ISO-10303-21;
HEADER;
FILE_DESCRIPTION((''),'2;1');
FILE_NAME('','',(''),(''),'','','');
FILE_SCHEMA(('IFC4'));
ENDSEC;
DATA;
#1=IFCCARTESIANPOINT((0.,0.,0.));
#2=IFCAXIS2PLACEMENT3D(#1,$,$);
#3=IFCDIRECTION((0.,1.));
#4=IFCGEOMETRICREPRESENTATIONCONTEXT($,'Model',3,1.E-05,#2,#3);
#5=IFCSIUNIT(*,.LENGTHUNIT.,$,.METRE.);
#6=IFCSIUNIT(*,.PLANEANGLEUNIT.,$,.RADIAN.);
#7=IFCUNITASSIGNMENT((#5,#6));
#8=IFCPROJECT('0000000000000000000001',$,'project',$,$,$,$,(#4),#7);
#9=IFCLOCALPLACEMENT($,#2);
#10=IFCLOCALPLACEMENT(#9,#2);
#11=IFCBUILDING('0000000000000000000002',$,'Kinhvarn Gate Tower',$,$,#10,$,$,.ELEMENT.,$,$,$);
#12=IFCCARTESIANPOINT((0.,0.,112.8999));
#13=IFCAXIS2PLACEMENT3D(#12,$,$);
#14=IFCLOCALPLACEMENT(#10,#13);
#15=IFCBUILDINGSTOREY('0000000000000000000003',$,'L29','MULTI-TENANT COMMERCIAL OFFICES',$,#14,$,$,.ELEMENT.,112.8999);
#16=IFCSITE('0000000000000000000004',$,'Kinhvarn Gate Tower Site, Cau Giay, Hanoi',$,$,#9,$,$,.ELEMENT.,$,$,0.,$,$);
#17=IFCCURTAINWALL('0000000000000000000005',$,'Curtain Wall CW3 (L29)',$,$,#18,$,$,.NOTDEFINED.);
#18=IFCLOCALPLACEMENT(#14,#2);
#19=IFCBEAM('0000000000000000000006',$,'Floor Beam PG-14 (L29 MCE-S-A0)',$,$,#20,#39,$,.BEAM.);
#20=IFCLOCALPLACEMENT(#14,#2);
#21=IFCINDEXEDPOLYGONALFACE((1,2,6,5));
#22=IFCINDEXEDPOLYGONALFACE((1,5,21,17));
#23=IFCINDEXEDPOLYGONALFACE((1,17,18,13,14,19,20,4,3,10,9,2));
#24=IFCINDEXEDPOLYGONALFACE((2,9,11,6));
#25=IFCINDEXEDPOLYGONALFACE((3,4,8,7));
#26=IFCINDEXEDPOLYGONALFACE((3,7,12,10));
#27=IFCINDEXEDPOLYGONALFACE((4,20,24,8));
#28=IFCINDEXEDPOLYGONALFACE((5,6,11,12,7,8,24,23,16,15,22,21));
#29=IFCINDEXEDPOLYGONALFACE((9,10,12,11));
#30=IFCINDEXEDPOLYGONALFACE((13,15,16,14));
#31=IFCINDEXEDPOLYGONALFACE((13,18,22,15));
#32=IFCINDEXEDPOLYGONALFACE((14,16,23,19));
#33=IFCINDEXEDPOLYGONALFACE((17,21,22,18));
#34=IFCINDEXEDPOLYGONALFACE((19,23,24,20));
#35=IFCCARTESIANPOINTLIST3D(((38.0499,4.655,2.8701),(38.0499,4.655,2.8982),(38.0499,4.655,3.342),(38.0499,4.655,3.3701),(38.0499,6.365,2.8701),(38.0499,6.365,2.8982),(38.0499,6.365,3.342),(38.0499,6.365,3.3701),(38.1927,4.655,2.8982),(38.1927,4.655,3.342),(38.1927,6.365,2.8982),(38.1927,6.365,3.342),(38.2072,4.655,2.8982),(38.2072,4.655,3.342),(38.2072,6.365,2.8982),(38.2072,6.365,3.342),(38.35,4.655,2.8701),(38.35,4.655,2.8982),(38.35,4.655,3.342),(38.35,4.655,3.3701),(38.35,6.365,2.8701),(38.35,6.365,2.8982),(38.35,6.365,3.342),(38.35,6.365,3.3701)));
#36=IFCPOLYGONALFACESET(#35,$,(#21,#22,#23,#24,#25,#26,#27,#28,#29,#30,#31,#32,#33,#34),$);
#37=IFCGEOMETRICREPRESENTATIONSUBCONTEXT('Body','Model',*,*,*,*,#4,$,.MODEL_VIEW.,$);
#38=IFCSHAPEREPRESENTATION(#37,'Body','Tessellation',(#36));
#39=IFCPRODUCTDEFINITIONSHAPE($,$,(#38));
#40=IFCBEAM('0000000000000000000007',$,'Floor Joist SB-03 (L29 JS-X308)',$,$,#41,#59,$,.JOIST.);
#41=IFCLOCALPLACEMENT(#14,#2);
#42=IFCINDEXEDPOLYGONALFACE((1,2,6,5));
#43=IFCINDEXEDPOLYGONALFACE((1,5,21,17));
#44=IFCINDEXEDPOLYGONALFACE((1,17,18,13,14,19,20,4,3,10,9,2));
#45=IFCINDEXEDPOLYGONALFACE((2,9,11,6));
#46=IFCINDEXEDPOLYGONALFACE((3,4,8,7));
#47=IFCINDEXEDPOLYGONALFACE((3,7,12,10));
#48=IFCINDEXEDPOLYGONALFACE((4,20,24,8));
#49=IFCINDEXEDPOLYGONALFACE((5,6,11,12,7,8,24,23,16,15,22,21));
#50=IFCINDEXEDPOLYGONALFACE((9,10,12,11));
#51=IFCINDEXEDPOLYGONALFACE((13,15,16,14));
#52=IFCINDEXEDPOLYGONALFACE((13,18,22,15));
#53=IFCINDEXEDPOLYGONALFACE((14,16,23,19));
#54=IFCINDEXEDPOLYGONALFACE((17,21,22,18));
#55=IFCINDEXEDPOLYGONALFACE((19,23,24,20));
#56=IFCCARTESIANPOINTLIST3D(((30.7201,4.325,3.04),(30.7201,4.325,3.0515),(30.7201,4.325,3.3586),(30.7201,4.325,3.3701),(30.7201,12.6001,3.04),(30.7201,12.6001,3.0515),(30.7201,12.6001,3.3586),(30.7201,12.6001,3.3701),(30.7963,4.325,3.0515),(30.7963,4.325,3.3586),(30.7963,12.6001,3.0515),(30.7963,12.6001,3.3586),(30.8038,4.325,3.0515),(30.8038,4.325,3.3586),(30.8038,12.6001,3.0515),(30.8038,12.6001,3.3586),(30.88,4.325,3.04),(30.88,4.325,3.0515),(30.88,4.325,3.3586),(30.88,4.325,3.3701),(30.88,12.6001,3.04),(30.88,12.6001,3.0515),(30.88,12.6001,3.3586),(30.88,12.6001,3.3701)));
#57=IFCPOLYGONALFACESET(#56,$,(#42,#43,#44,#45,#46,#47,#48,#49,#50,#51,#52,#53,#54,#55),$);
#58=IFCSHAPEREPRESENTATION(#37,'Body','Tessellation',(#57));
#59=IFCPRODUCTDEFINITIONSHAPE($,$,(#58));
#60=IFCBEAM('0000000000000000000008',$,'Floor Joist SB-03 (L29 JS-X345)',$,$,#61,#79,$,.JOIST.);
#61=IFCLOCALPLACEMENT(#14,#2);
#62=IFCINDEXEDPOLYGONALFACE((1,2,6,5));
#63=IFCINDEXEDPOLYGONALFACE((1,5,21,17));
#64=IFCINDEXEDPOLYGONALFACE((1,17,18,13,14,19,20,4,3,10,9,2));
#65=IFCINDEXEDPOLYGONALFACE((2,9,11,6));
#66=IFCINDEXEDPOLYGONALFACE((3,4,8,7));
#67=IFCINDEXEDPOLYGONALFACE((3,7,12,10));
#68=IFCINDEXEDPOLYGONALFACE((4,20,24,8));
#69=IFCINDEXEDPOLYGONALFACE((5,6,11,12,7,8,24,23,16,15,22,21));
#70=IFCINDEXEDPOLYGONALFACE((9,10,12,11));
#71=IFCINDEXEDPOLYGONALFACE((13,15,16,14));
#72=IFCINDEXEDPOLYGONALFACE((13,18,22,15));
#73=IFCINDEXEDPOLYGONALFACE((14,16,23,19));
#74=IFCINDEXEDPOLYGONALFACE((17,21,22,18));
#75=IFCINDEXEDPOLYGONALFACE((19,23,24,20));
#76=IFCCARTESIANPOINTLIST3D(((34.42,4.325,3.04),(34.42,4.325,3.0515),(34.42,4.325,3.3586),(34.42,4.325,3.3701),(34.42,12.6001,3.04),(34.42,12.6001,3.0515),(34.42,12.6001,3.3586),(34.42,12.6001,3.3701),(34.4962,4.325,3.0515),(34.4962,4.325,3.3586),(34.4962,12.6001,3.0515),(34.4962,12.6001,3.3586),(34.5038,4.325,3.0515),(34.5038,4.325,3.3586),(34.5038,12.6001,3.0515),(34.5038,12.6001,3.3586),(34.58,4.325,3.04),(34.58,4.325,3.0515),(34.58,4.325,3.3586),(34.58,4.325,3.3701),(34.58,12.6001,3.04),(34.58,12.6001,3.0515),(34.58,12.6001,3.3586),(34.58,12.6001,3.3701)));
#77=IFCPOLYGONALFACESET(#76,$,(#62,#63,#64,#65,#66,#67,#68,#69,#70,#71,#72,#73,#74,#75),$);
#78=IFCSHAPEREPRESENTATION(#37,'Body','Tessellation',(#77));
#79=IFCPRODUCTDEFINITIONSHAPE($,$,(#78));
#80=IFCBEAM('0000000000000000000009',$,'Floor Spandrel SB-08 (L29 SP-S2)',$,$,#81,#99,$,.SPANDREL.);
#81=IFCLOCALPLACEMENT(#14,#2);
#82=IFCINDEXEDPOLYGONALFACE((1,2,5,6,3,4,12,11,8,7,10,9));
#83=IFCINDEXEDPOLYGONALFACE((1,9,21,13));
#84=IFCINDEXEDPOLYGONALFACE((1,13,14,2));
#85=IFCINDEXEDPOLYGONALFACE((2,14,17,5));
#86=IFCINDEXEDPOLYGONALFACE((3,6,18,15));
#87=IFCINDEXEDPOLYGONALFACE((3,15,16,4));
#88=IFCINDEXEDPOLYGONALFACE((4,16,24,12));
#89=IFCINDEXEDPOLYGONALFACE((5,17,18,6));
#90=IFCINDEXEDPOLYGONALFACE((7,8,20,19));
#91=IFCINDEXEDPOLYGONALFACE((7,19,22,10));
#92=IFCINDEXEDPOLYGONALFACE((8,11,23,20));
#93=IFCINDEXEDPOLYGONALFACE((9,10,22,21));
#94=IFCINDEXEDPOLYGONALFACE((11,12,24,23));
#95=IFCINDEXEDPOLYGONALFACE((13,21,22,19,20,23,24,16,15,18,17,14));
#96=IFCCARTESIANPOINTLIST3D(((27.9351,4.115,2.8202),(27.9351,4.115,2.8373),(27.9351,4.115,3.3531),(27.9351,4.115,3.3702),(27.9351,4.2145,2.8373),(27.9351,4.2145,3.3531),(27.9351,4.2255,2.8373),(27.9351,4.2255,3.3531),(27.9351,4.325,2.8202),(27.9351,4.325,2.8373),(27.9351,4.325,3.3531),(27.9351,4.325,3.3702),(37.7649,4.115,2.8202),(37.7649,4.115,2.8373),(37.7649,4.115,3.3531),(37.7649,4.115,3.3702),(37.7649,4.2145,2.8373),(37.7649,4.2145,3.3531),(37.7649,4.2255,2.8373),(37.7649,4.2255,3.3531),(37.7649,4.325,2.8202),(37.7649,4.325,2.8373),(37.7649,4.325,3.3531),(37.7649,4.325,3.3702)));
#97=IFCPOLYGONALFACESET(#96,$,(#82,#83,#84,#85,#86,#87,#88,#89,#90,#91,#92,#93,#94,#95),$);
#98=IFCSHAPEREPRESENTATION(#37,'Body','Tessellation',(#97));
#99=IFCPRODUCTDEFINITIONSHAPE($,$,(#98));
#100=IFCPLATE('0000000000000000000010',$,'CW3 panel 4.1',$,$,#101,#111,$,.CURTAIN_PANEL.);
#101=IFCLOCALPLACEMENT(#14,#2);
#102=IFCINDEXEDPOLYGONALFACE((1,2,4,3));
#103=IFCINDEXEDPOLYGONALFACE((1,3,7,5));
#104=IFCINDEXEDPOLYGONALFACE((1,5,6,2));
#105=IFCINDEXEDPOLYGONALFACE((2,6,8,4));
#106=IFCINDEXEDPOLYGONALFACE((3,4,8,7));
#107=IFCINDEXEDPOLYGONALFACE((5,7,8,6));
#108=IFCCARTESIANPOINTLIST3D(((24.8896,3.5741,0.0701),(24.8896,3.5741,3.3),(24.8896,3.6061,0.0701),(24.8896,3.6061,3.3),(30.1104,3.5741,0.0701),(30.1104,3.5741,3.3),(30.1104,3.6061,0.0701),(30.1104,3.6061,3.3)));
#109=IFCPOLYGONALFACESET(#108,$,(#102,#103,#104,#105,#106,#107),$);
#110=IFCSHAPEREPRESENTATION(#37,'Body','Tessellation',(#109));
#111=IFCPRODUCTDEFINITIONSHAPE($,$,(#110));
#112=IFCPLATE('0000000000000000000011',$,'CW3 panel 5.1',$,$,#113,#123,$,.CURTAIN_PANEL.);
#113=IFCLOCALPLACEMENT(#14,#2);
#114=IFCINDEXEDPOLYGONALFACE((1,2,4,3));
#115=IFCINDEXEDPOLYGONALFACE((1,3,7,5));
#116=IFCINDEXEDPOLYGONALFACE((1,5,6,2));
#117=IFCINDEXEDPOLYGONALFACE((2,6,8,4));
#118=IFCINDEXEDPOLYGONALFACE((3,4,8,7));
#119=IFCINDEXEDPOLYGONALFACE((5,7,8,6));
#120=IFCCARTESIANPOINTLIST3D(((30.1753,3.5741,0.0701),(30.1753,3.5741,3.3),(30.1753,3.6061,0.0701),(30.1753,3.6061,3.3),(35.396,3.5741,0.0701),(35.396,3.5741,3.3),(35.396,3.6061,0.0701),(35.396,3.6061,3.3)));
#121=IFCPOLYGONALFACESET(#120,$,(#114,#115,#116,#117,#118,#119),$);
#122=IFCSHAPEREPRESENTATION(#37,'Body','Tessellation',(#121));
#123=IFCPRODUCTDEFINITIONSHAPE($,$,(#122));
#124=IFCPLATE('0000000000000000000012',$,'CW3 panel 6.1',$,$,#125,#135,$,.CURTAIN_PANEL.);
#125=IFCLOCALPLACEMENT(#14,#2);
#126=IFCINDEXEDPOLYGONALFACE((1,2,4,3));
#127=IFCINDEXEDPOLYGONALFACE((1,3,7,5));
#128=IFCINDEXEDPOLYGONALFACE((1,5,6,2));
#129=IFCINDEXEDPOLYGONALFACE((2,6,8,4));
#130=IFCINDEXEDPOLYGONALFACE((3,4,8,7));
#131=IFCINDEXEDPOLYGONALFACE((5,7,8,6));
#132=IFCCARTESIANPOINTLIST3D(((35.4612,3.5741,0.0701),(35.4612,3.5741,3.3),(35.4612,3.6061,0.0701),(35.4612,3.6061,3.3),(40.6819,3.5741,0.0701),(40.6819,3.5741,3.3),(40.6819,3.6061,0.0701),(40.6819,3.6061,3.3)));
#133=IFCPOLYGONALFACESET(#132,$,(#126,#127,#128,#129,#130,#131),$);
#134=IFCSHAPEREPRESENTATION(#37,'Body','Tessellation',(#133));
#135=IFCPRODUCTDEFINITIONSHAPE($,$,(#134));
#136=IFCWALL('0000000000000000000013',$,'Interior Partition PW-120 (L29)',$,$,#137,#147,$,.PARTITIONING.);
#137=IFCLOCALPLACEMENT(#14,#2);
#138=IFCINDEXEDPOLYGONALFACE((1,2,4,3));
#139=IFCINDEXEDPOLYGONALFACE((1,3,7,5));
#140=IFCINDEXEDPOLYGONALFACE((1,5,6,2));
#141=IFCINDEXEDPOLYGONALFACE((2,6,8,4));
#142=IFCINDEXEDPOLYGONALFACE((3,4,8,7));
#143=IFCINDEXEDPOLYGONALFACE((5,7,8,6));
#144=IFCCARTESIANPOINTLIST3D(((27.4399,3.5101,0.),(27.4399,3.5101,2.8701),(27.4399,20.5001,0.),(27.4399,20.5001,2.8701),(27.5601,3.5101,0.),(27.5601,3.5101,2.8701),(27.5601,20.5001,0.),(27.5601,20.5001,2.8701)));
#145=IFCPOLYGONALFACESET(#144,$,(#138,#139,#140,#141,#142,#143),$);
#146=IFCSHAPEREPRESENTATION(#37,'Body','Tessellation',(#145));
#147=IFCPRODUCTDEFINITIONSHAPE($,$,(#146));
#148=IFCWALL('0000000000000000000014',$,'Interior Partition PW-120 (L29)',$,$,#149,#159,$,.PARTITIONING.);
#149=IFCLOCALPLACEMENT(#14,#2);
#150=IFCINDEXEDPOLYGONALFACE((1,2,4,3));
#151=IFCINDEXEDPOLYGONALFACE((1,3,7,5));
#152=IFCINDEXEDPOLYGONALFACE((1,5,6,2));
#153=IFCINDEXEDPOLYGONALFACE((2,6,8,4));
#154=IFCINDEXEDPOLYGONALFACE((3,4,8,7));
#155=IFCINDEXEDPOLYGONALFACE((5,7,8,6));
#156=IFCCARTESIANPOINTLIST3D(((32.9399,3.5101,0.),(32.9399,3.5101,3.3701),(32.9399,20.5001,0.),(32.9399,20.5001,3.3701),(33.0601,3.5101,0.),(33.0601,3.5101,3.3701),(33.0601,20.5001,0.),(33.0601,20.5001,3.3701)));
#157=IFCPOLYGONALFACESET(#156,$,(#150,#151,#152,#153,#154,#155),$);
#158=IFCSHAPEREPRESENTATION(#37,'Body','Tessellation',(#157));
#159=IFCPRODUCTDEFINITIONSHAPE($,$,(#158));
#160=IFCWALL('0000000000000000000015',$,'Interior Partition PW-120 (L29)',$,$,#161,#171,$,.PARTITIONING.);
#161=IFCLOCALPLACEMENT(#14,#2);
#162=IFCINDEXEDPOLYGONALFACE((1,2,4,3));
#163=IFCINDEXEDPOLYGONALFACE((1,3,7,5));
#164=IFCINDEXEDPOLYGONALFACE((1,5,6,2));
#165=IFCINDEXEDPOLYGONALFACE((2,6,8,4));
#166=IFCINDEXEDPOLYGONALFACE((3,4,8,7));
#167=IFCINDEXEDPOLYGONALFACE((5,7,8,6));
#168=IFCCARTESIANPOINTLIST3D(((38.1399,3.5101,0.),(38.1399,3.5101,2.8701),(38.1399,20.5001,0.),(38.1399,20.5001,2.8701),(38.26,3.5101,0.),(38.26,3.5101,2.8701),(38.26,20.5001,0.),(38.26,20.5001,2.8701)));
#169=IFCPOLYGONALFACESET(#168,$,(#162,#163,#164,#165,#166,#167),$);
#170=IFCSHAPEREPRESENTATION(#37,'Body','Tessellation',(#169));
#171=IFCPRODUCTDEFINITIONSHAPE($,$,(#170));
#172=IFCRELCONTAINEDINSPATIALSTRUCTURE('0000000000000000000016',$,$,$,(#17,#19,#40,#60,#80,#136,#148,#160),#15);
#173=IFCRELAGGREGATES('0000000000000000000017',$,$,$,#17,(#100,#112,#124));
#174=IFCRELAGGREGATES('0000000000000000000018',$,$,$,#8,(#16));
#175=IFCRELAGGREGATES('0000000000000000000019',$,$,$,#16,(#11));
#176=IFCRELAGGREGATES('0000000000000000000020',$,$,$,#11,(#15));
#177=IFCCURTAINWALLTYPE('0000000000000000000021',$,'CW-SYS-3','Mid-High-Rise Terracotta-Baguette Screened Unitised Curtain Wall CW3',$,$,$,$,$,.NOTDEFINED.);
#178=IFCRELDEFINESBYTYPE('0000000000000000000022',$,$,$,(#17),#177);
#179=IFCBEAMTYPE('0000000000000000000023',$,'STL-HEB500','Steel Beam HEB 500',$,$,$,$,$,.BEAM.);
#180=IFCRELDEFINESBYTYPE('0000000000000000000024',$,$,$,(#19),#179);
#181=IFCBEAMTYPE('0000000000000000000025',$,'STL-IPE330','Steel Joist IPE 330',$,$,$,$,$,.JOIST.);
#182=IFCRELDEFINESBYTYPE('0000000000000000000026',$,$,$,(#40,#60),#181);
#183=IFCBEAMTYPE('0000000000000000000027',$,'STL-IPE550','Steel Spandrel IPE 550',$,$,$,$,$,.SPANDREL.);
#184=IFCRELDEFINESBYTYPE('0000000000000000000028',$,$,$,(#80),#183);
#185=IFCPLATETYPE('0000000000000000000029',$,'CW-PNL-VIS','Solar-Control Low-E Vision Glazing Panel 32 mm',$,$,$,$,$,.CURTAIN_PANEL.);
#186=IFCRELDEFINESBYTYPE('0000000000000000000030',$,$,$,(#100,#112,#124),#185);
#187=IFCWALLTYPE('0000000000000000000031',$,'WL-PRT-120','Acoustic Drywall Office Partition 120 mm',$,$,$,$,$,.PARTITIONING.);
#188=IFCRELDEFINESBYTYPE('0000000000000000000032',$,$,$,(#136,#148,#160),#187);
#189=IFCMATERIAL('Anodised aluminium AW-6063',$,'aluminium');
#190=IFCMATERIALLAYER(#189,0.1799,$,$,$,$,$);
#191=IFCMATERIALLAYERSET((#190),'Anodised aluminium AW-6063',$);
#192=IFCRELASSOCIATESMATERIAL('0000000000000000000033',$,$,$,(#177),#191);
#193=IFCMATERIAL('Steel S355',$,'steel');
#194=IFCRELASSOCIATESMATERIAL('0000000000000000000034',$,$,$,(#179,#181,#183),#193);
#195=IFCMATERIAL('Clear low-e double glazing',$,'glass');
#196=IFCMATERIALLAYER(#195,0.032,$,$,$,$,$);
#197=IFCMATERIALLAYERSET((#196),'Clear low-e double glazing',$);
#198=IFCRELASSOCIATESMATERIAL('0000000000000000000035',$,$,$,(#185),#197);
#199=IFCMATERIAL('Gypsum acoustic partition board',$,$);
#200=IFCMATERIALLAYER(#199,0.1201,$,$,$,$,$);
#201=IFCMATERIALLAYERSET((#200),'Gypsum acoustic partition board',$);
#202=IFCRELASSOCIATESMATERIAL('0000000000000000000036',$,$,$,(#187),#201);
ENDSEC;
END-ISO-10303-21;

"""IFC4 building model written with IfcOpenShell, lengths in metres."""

from ifc_helpers import new_model, si_unit, direction, frame, frame_2d, origin, origin_2d, place, context, subcontext, project, spatial, rectangle, i_section, extrude, material, layer, layer_set, material_profile, profile_set, type_object, element, aggregate, save


model = new_model("IFC4")

# Units and contexts
model_context = context("Model", 3, precision=1e-05, world=origin(), true_north=direction((0.0, 1.0)))
body_context = subcontext(model_context, "Body", "Model", "MODEL_VIEW")
ifc_project = project(units=[si_unit("LENGTHUNIT", "METRE"), si_unit("PLANEANGLEUNIT", "RADIAN")], contexts=[model_context])

# Site, building, storey
site_placement = place(None, origin())
site = spatial("IfcSite", under=ifc_project, at=site_placement, Name="Kinhvarn Gate Tower Site, Cau Giay, Hanoi", CompositionType="ELEMENT", RefElevation=0.0)
building_placement = place(site_placement, origin())
building = spatial("IfcBuilding", under=site, at=building_placement, Name="Kinhvarn Gate Tower", CompositionType="ELEMENT")
storey_placement = place(building_placement, frame((0.0, 0.0, 112.8999)))
storey = spatial("IfcBuildingStorey", under=building, at=storey_placement, Name="L29", Description="MULTI-TENANT COMMERCIAL OFFICES", CompositionType="ELEMENT", Elevation=112.8999)

# Curtain wall
ifc_material_1 = material(Name="Anodised aluminium AW-6063", Category="aluminium")
ifc_layer_1 = layer(ifc_material_1, 0.1799)
ifc_layer_set_1 = layer_set([ifc_layer_1], Name="Anodised aluminium AW-6063")
curtain_wall_type = type_object("IfcCurtainWallType", Name="CW-SYS-3", Description="Mid-High-Rise Terracotta-Baguette Screened Unitised Curtain Wall CW3", PredefinedType="NOTDEFINED", material=ifc_layer_set_1)
curtain_wall_placement = place(storey_placement, origin())
curtain_wall = element("IfcCurtainWall", 1, at=curtain_wall_placement, inside=storey, type_object=curtain_wall_type, Name="Curtain Wall CW3 (L29)", PredefinedType="NOTDEFINED")

# Beams
ifc_material_2 = material(Name="Steel S355", Category="steel")
ifc_material_profile_1 = material_profile(ifc_material_2, i_section(OverallWidth=0.3, OverallDepth=0.5, WebThickness=0.0144, FlangeThickness=0.0281, at=origin_2d()), Name="HEB 500")
ifc_profile_set_1 = profile_set([ifc_material_profile_1], Name="Steel S355")
beam_type_1 = type_object("IfcBeamType", Name="STL-HEB500", Description="Steel Beam HEB 500", PredefinedType="BEAM", material=ifc_profile_set_1)
beam_1_placement = place(storey_placement, frame((38.2, 4.655, 3.1201), z_axis=(0.0, 1.0, 0.0), x_axis=(-1.0, 0.0, 0.0)))
element("IfcBeam", 2, at=beam_1_placement, inside=storey, type_object=beam_type_1, Name="Floor Beam PG-14 (L29 MCE-S-A0)", PredefinedType="BEAM", context=body_context, shape_type="SweptSolid", body=[
    extrude(i_section(OverallWidth=0.3, OverallDepth=0.5, WebThickness=0.0144, FlangeThickness=0.0281, at=origin_2d()), origin(), (0.0, 0.0, 1.0), 1.71),
])
ifc_material_profile_2 = material_profile(ifc_material_2, i_section(OverallWidth=0.1599, OverallDepth=0.3301, WebThickness=0.0076, FlangeThickness=0.0115, at=origin_2d()), Name="IPE 330")
ifc_profile_set_2 = profile_set([ifc_material_profile_2], Name="Steel S355")
beam_type_2 = type_object("IfcBeamType", Name="STL-IPE330", Description="Steel Joist IPE 330", PredefinedType="JOIST", material=ifc_profile_set_2)
for number, where, z_axis, x_axis, name in (
    (3, (30.8, 4.325, 3.2051), (0.0, 1.0, 0.0), (-1.0, 0.0, 0.0), "Floor Joist SB-03 (L29 JS-X308)"),
    (4, (34.5, 4.325, 3.2051), (0.0, 1.0, 0.0), (-1.0, 0.0, 0.0), "Floor Joist SB-03 (L29 JS-X345)"),
):
    element("IfcBeam", number, at=place(storey_placement, frame(where, z_axis=z_axis, x_axis=x_axis)), inside=storey, type_object=beam_type_2, Name=name, PredefinedType="JOIST", context=body_context, shape_type="SweptSolid", body=[
        extrude(i_section(OverallWidth=0.1599, OverallDepth=0.3301, WebThickness=0.0076, FlangeThickness=0.0115, at=origin_2d()), origin(), (0.0, 0.0, 1.0), 8.2751),
    ])
ifc_material_profile_3 = material_profile(ifc_material_2, i_section(OverallWidth=0.21, OverallDepth=0.55, WebThickness=0.011, FlangeThickness=0.0171, at=origin_2d()), Name="IPE 550")
ifc_profile_set_3 = profile_set([ifc_material_profile_3], Name="Steel S355")
beam_type_3 = type_object("IfcBeamType", Name="STL-IPE550", Description="Steel Spandrel IPE 550", PredefinedType="SPANDREL", material=ifc_profile_set_3)
beam_2_placement = place(storey_placement, frame((27.9351, 4.22, 3.0952), z_axis=(1.0, 0.0, 0.0), x_axis=(0.0, 1.0, 0.0)))
element("IfcBeam", 5, at=beam_2_placement, inside=storey, type_object=beam_type_3, Name="Floor Spandrel SB-08 (L29 SP-S2)", PredefinedType="SPANDREL", context=body_context, shape_type="SweptSolid", body=[
    extrude(i_section(OverallWidth=0.21, OverallDepth=0.55, WebThickness=0.011, FlangeThickness=0.0171, at=origin_2d()), origin(), (0.0, 0.0, 1.0), 9.8298),
])

# Plates
ifc_material_3 = material(Name="Clear low-e double glazing", Category="glass")
ifc_layer_2 = layer(ifc_material_3, 0.032)
ifc_layer_set_2 = layer_set([ifc_layer_2], Name="Clear low-e double glazing")
plate_type = type_object("IfcPlateType", Name="CW-PNL-VIS", Description="Solar-Control Low-E Vision Glazing Panel 32 mm", PredefinedType="CURTAIN_PANEL", material=ifc_layer_set_2)
plate_1_placement = place(storey_placement, frame((27.5, 3.5901, 0.0701), z_axis=(0.0, 0.0, 1.0), x_axis=(1.0, 0.0, 0.0)))
plate_1 = element("IfcPlate", 6, at=plate_1_placement, type_object=plate_type, Name="CW3 panel 4.1", PredefinedType="CURTAIN_PANEL", context=body_context, shape_type="SweptSolid", body=[
    extrude(rectangle(XDim=5.2207, YDim=0.032, at=origin_2d()), origin(), (0.0, 0.0, 1.0), 3.23),
])
plate_2_placement = place(storey_placement, frame((32.7856, 3.5901, 0.0701), z_axis=(0.0, 0.0, 1.0), x_axis=(1.0, 0.0, 0.0)))
plate_2 = element("IfcPlate", 7, at=plate_2_placement, type_object=plate_type, Name="CW3 panel 5.1", PredefinedType="CURTAIN_PANEL", context=body_context, shape_type="SweptSolid", body=[
    extrude(rectangle(XDim=5.2207, YDim=0.032, at=origin_2d()), origin(), (0.0, 0.0, 1.0), 3.23),
])
plate_3_placement = place(storey_placement, frame((38.0715, 3.5901, 0.0701), z_axis=(0.0, 0.0, 1.0), x_axis=(1.0, 0.0, 0.0)))
plate_3 = element("IfcPlate", 8, at=plate_3_placement, type_object=plate_type, Name="CW3 panel 6.1", PredefinedType="CURTAIN_PANEL", context=body_context, shape_type="SweptSolid", body=[
    extrude(rectangle(XDim=5.2207, YDim=0.032, at=origin_2d()), origin(), (0.0, 0.0, 1.0), 3.23),
])
aggregate(curtain_wall, [plate_1, plate_2, plate_3])

# Walls
ifc_material_4 = material(Name="Gypsum acoustic partition board")
ifc_layer_3 = layer(ifc_material_4, 0.1201)
ifc_layer_set_3 = layer_set([ifc_layer_3], Name="Gypsum acoustic partition board")
wall_type = type_object("IfcWallType", Name="WL-PRT-120", Description="Acoustic Drywall Office Partition 120 mm", PredefinedType="PARTITIONING", material=ifc_layer_set_3)
wall_1_placement = place(storey_placement, frame((27.5, 3.51, 0.0), z_axis=(0.0, 0.0, 1.0), x_axis=(0.0, 1.0, 0.0)))
element("IfcWall", 9, at=wall_1_placement, inside=storey, type_object=wall_type, Name="Interior Partition PW-120 (L29)", PredefinedType="PARTITIONING", context=body_context, shape_type="SweptSolid", body=[
    extrude(rectangle(XDim=16.99, YDim=0.1201, at=frame_2d((8.4951, 0.0))), origin(), (0.0, 0.0, 1.0), 2.8701),
])
wall_2_placement = place(storey_placement, frame((33.0, 3.51, 0.0), z_axis=(0.0, 0.0, 1.0), x_axis=(0.0, 1.0, 0.0)))
element("IfcWall", 10, at=wall_2_placement, inside=storey, type_object=wall_type, Name="Interior Partition PW-120 (L29)", PredefinedType="PARTITIONING", context=body_context, shape_type="SweptSolid", body=[
    extrude(rectangle(XDim=16.99, YDim=0.1201, at=frame_2d((8.4951, 0.0))), origin(), (0.0, 0.0, 1.0), 3.3701),
])
wall_3_placement = place(storey_placement, frame((38.2, 3.51, 0.0), z_axis=(0.0, 0.0, 1.0), x_axis=(0.0, 1.0, 0.0)))
element("IfcWall", 11, at=wall_3_placement, inside=storey, type_object=wall_type, Name="Interior Partition PW-120 (L29)", PredefinedType="PARTITIONING", context=body_context, shape_type="SweptSolid", body=[
    extrude(rectangle(XDim=16.99, YDim=0.1201, at=frame_2d((8.4951, 0.0))), origin(), (0.0, 0.0, 1.0), 2.8701),
])

save(model, "model.ifc")
